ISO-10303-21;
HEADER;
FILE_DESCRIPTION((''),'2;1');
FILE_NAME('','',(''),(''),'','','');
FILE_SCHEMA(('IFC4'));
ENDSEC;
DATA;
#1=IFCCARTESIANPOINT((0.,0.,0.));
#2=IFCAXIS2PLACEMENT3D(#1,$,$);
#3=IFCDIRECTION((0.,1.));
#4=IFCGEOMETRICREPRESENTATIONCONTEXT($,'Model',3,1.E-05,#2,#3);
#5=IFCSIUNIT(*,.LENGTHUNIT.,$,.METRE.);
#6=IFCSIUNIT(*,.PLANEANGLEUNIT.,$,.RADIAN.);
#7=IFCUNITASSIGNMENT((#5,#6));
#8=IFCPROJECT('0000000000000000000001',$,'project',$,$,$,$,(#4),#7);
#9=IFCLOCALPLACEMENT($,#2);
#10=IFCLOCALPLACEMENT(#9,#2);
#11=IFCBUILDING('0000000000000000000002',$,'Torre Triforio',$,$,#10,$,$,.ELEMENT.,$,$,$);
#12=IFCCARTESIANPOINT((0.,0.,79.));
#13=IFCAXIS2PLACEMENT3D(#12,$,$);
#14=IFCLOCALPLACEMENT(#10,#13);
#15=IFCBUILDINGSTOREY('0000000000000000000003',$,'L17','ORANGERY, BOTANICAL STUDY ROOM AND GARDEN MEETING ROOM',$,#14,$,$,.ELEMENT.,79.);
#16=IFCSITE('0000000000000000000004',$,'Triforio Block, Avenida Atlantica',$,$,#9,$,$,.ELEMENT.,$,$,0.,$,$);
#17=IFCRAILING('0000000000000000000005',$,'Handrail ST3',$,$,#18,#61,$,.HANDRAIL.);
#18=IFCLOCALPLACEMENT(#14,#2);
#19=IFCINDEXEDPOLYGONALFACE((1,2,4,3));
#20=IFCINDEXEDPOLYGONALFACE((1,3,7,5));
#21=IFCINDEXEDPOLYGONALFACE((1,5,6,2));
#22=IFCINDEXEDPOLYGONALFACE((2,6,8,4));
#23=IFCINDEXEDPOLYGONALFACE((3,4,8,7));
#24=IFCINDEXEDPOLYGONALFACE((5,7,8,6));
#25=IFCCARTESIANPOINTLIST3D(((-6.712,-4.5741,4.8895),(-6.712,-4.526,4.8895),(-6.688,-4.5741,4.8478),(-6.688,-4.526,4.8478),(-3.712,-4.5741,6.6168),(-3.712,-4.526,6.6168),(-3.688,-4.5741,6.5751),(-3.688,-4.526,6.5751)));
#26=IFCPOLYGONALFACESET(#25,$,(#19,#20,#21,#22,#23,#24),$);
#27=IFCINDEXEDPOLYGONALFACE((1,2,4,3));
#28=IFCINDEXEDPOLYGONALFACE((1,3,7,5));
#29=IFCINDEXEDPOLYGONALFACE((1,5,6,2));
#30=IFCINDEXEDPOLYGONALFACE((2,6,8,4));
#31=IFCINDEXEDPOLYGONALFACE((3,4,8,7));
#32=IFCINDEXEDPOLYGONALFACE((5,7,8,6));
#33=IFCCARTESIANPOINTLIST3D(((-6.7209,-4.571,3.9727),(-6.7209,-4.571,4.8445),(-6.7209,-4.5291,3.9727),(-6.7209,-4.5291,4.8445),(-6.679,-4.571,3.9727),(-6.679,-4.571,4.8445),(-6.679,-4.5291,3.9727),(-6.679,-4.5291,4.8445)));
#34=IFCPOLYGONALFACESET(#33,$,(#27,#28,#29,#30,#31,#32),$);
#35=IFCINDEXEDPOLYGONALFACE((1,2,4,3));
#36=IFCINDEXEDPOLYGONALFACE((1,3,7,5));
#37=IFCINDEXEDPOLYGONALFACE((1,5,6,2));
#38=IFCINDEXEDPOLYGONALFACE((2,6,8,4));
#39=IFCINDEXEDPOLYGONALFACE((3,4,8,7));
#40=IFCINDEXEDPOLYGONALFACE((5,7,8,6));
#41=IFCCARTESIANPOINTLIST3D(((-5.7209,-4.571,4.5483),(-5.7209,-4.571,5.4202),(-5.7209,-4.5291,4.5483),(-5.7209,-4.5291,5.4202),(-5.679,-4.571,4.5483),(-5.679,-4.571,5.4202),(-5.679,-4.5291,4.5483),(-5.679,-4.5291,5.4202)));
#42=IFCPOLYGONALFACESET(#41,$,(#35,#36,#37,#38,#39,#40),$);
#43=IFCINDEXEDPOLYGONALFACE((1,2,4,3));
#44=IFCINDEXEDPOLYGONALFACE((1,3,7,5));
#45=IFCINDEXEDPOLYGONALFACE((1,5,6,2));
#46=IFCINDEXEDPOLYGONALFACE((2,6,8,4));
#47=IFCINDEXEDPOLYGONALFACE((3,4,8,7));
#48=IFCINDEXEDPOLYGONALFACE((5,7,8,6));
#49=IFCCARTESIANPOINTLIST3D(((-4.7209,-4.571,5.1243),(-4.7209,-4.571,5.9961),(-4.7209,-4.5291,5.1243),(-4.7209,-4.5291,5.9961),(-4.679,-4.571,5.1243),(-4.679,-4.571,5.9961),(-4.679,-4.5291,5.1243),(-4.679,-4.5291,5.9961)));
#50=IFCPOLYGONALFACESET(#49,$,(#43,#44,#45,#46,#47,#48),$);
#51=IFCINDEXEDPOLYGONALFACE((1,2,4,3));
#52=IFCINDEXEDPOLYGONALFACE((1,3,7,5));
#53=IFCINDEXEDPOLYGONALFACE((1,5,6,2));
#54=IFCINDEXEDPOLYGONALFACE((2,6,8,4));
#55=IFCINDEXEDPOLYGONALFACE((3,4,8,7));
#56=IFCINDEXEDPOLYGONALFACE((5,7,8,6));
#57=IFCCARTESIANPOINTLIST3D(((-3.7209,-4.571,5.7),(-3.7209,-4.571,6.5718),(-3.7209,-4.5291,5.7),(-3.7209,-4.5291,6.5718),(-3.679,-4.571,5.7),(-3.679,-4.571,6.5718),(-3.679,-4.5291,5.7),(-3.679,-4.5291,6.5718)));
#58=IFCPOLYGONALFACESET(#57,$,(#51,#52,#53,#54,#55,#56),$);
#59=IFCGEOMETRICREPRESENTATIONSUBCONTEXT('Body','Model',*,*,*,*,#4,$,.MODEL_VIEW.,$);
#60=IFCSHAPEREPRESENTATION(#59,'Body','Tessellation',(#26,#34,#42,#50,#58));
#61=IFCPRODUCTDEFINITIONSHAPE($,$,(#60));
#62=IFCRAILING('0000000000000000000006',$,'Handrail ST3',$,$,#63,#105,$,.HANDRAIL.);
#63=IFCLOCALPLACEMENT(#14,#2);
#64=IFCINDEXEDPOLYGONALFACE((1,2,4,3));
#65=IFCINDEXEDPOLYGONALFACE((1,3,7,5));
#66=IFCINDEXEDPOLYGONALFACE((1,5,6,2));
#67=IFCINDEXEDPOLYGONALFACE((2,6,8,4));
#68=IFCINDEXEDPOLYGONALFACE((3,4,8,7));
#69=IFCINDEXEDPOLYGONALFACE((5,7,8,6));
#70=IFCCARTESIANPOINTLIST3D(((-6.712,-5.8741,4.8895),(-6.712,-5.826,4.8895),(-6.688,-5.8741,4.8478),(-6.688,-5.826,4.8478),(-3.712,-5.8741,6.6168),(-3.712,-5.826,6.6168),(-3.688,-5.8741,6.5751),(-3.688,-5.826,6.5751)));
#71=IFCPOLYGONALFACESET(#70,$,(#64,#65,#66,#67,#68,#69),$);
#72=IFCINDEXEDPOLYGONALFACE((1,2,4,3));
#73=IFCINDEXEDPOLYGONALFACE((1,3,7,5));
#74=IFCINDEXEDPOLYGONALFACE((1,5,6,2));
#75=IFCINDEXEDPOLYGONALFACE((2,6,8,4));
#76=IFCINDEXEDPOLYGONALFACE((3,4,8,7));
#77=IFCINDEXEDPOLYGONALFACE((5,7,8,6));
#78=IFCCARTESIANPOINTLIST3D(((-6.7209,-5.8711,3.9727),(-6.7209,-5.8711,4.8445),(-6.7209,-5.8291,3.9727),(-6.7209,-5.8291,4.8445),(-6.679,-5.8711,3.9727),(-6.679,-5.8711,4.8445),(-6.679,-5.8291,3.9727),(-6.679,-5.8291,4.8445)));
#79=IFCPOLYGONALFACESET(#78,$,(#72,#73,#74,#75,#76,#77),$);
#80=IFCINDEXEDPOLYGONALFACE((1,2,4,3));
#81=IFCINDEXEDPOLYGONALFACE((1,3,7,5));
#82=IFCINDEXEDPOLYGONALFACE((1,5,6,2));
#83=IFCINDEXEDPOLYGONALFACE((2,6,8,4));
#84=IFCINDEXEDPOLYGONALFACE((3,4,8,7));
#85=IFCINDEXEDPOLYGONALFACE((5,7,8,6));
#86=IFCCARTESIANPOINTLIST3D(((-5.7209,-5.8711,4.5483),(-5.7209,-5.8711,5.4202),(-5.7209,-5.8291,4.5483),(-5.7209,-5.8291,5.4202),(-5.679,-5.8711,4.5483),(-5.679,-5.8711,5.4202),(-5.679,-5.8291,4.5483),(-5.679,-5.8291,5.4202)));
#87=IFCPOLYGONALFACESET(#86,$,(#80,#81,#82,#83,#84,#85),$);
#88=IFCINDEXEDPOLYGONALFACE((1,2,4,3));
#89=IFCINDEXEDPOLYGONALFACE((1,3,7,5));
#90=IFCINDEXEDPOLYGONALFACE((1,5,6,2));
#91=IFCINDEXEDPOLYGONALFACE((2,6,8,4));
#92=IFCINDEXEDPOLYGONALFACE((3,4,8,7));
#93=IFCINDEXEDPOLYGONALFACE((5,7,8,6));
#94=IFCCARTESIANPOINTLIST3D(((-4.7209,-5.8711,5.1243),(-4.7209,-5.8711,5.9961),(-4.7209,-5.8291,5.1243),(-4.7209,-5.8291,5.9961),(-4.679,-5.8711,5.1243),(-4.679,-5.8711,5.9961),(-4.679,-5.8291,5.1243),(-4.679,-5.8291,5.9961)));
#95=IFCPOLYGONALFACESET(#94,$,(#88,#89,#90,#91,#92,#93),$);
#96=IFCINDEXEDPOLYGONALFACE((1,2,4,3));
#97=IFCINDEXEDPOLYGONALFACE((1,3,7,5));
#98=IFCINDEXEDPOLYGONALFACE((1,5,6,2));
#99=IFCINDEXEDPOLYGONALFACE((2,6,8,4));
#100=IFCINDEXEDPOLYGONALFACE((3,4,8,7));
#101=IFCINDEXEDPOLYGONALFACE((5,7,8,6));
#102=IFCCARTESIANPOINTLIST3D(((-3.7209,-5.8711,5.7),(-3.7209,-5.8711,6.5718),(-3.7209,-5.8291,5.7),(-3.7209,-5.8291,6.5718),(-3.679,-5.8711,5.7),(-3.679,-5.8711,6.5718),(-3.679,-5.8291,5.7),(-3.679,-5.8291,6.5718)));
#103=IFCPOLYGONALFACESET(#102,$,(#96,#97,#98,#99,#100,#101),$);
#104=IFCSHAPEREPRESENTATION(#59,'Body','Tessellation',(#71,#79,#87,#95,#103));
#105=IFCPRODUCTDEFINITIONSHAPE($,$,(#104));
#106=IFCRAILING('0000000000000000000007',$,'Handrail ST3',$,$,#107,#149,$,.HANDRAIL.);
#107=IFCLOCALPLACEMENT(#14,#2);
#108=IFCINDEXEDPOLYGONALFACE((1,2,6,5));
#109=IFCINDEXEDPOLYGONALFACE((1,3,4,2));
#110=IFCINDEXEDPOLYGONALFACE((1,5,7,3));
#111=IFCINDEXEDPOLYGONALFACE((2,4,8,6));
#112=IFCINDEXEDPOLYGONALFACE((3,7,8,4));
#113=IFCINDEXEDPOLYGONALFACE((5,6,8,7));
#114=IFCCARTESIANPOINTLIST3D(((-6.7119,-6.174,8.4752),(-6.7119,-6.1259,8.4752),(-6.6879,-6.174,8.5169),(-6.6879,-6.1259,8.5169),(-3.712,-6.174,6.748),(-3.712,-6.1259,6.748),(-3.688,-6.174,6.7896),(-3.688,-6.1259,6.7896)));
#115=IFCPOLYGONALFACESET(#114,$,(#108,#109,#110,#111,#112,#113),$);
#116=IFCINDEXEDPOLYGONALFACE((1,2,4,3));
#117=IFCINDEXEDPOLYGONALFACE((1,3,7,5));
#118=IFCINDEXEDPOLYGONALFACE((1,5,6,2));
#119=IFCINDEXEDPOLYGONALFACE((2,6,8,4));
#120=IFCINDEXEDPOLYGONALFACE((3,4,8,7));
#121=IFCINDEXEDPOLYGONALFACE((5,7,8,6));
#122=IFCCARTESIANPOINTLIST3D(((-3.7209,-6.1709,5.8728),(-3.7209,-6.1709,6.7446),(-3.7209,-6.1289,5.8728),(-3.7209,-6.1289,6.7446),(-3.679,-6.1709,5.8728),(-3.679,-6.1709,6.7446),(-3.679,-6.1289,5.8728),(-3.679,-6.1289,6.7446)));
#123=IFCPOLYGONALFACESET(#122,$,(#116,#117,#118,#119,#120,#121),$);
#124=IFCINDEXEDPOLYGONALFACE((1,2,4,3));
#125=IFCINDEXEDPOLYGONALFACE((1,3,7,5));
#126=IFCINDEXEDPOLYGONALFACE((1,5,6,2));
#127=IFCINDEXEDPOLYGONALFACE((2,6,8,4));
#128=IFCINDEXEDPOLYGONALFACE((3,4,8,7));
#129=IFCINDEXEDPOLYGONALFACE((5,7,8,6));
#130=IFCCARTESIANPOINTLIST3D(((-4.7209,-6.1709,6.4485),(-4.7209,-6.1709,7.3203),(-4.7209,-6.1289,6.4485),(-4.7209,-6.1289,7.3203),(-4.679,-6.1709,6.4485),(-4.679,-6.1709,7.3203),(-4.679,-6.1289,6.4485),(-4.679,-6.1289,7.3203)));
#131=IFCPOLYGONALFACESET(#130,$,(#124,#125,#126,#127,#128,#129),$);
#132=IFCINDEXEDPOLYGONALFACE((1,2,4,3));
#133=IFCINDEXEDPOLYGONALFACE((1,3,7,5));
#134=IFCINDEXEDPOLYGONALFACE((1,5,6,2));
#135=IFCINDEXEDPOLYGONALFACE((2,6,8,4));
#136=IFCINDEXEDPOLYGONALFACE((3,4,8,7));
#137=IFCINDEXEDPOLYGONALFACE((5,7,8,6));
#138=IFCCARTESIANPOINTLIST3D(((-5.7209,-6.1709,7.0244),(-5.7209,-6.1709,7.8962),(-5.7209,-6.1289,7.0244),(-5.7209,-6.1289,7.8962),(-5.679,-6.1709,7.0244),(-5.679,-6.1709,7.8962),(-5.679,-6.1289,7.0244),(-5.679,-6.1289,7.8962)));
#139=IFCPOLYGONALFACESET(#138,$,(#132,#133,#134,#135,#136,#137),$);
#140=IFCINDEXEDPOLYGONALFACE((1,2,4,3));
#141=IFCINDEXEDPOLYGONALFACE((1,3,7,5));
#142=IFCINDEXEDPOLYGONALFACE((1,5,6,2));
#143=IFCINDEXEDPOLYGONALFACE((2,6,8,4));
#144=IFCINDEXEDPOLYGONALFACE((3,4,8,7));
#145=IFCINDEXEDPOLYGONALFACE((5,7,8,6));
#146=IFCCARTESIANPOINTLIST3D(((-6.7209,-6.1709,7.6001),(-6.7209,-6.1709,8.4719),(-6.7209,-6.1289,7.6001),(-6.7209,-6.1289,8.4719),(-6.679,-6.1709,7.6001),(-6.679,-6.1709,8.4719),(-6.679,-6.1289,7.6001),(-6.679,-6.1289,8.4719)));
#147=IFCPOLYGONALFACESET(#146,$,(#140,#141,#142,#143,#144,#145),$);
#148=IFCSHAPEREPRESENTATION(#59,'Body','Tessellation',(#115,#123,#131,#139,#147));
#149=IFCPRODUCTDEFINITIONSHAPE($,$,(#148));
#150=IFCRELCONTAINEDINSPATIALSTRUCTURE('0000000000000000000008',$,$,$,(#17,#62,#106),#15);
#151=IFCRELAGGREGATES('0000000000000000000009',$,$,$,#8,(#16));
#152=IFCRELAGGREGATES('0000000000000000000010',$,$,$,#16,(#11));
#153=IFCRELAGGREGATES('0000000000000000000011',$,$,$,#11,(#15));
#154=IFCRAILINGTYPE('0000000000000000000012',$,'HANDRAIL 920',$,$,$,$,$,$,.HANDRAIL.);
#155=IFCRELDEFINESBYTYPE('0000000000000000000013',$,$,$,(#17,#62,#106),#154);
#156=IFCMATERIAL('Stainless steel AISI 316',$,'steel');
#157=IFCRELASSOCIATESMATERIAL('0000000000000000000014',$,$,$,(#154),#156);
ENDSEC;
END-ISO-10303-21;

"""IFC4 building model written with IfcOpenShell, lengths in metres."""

from ifc_helpers import new_model, si_unit, direction, frame, origin, origin_2d, place, context, subcontext, project, spatial, rectangle, extrude, material, type_object, element, save


model = new_model("IFC4")

# Units and contexts
model_context = context("Model", 3, precision=1e-05, world=origin(), true_north=direction((0.0, 1.0)))
body_context = subcontext(model_context, "Body", "Model", "MODEL_VIEW")
ifc_project = project(units=[si_unit("LENGTHUNIT", "METRE"), si_unit("PLANEANGLEUNIT", "RADIAN")], contexts=[model_context])

# Site, building, storey
site_placement = place(None, origin())
site = spatial("IfcSite", under=ifc_project, at=site_placement, Name="Triforio Block, Avenida Atlantica", CompositionType="ELEMENT", RefElevation=0.0)
building_placement = place(site_placement, origin())
building = spatial("IfcBuilding", under=site, at=building_placement, Name="Torre Triforio", CompositionType="ELEMENT")
storey_placement = place(building_placement, frame((0.0, 0.0, 79.0)))
storey = spatial("IfcBuildingStorey", under=building, at=storey_placement, Name="L17", Description="ORANGERY, BOTANICAL STUDY ROOM AND GARDEN MEETING ROOM", CompositionType="ELEMENT", Elevation=79.0)

# Railings
ifc_material_1 = material(Name="Stainless steel AISI 316", Category="steel")
railing_type = type_object("IfcRailingType", Name="HANDRAIL 920", PredefinedType="HANDRAIL", material=ifc_material_1)
for number, where, name in (
    (1, (-6.7, -4.55, 3.9727), "Handrail ST3"),
    (2, (-6.7, -5.8501, 3.9727), "Handrail ST3"),
):
    element("IfcRailing", number, at=place(storey_placement, frame(where)), inside=storey, type_object=railing_type, Name=name, PredefinedType="HANDRAIL", context=body_context, shape_type="SweptSolid", body=[
        extrude(rectangle(XDim=0.0481, YDim=0.0481, at=origin_2d()), frame((0.0, 0.0, 0.896), z_axis=(0.86662, 0.0, 0.498969), x_axis=(0.0, 1.0, 0.0)), (0.0, 0.0, 1.0), 3.4617),
        extrude(rectangle(XDim=0.042, YDim=0.042, at=origin_2d()), origin(), (0.0, 0.0, 1.0), 0.8718),
        extrude(rectangle(XDim=0.042, YDim=0.042, at=origin_2d()), frame((1.0, 0.0, 0.5757)), (0.0, 0.0, 1.0), 0.8718),
        extrude(rectangle(XDim=0.042, YDim=0.042, at=origin_2d()), frame((2.0, 0.0, 1.1516)), (0.0, 0.0, 1.0), 0.8718),
        extrude(rectangle(XDim=0.042, YDim=0.042, at=origin_2d()), frame((3.0, 0.0, 1.7273)), (0.0, 0.0, 1.0), 0.8718),
    ])
railing_1_placement = place(storey_placement, frame((-3.7, -6.1499, 5.8728)))
element("IfcRailing", 3, at=railing_1_placement, inside=storey, type_object=railing_type, Name="Handrail ST3", PredefinedType="HANDRAIL", context=body_context, shape_type="SweptSolid", body=[
    extrude(rectangle(XDim=0.0481, YDim=0.0481, at=origin_2d()), frame((0.0, 0.0, 0.896), z_axis=(-0.86662, 0.0, 0.498969), x_axis=(0.0, -1.0, 0.0)), (0.0, 0.0, 1.0), 3.4617),
    extrude(rectangle(XDim=0.042, YDim=0.042, at=origin_2d()), origin(), (0.0, 0.0, 1.0), 0.8718),
    extrude(rectangle(XDim=0.042, YDim=0.042, at=origin_2d()), frame((-1.0, 0.0, 0.5757)), (0.0, 0.0, 1.0), 0.8718),
    extrude(rectangle(XDim=0.042, YDim=0.042, at=origin_2d()), frame((-2.0, 0.0, 1.1516)), (0.0, 0.0, 1.0), 0.8718),
    extrude(rectangle(XDim=0.042, YDim=0.042, at=origin_2d()), frame((-3.0, 0.0, 1.7273)), (0.0, 0.0, 1.0), 0.8718),
])

save(model, "model.ifc")
